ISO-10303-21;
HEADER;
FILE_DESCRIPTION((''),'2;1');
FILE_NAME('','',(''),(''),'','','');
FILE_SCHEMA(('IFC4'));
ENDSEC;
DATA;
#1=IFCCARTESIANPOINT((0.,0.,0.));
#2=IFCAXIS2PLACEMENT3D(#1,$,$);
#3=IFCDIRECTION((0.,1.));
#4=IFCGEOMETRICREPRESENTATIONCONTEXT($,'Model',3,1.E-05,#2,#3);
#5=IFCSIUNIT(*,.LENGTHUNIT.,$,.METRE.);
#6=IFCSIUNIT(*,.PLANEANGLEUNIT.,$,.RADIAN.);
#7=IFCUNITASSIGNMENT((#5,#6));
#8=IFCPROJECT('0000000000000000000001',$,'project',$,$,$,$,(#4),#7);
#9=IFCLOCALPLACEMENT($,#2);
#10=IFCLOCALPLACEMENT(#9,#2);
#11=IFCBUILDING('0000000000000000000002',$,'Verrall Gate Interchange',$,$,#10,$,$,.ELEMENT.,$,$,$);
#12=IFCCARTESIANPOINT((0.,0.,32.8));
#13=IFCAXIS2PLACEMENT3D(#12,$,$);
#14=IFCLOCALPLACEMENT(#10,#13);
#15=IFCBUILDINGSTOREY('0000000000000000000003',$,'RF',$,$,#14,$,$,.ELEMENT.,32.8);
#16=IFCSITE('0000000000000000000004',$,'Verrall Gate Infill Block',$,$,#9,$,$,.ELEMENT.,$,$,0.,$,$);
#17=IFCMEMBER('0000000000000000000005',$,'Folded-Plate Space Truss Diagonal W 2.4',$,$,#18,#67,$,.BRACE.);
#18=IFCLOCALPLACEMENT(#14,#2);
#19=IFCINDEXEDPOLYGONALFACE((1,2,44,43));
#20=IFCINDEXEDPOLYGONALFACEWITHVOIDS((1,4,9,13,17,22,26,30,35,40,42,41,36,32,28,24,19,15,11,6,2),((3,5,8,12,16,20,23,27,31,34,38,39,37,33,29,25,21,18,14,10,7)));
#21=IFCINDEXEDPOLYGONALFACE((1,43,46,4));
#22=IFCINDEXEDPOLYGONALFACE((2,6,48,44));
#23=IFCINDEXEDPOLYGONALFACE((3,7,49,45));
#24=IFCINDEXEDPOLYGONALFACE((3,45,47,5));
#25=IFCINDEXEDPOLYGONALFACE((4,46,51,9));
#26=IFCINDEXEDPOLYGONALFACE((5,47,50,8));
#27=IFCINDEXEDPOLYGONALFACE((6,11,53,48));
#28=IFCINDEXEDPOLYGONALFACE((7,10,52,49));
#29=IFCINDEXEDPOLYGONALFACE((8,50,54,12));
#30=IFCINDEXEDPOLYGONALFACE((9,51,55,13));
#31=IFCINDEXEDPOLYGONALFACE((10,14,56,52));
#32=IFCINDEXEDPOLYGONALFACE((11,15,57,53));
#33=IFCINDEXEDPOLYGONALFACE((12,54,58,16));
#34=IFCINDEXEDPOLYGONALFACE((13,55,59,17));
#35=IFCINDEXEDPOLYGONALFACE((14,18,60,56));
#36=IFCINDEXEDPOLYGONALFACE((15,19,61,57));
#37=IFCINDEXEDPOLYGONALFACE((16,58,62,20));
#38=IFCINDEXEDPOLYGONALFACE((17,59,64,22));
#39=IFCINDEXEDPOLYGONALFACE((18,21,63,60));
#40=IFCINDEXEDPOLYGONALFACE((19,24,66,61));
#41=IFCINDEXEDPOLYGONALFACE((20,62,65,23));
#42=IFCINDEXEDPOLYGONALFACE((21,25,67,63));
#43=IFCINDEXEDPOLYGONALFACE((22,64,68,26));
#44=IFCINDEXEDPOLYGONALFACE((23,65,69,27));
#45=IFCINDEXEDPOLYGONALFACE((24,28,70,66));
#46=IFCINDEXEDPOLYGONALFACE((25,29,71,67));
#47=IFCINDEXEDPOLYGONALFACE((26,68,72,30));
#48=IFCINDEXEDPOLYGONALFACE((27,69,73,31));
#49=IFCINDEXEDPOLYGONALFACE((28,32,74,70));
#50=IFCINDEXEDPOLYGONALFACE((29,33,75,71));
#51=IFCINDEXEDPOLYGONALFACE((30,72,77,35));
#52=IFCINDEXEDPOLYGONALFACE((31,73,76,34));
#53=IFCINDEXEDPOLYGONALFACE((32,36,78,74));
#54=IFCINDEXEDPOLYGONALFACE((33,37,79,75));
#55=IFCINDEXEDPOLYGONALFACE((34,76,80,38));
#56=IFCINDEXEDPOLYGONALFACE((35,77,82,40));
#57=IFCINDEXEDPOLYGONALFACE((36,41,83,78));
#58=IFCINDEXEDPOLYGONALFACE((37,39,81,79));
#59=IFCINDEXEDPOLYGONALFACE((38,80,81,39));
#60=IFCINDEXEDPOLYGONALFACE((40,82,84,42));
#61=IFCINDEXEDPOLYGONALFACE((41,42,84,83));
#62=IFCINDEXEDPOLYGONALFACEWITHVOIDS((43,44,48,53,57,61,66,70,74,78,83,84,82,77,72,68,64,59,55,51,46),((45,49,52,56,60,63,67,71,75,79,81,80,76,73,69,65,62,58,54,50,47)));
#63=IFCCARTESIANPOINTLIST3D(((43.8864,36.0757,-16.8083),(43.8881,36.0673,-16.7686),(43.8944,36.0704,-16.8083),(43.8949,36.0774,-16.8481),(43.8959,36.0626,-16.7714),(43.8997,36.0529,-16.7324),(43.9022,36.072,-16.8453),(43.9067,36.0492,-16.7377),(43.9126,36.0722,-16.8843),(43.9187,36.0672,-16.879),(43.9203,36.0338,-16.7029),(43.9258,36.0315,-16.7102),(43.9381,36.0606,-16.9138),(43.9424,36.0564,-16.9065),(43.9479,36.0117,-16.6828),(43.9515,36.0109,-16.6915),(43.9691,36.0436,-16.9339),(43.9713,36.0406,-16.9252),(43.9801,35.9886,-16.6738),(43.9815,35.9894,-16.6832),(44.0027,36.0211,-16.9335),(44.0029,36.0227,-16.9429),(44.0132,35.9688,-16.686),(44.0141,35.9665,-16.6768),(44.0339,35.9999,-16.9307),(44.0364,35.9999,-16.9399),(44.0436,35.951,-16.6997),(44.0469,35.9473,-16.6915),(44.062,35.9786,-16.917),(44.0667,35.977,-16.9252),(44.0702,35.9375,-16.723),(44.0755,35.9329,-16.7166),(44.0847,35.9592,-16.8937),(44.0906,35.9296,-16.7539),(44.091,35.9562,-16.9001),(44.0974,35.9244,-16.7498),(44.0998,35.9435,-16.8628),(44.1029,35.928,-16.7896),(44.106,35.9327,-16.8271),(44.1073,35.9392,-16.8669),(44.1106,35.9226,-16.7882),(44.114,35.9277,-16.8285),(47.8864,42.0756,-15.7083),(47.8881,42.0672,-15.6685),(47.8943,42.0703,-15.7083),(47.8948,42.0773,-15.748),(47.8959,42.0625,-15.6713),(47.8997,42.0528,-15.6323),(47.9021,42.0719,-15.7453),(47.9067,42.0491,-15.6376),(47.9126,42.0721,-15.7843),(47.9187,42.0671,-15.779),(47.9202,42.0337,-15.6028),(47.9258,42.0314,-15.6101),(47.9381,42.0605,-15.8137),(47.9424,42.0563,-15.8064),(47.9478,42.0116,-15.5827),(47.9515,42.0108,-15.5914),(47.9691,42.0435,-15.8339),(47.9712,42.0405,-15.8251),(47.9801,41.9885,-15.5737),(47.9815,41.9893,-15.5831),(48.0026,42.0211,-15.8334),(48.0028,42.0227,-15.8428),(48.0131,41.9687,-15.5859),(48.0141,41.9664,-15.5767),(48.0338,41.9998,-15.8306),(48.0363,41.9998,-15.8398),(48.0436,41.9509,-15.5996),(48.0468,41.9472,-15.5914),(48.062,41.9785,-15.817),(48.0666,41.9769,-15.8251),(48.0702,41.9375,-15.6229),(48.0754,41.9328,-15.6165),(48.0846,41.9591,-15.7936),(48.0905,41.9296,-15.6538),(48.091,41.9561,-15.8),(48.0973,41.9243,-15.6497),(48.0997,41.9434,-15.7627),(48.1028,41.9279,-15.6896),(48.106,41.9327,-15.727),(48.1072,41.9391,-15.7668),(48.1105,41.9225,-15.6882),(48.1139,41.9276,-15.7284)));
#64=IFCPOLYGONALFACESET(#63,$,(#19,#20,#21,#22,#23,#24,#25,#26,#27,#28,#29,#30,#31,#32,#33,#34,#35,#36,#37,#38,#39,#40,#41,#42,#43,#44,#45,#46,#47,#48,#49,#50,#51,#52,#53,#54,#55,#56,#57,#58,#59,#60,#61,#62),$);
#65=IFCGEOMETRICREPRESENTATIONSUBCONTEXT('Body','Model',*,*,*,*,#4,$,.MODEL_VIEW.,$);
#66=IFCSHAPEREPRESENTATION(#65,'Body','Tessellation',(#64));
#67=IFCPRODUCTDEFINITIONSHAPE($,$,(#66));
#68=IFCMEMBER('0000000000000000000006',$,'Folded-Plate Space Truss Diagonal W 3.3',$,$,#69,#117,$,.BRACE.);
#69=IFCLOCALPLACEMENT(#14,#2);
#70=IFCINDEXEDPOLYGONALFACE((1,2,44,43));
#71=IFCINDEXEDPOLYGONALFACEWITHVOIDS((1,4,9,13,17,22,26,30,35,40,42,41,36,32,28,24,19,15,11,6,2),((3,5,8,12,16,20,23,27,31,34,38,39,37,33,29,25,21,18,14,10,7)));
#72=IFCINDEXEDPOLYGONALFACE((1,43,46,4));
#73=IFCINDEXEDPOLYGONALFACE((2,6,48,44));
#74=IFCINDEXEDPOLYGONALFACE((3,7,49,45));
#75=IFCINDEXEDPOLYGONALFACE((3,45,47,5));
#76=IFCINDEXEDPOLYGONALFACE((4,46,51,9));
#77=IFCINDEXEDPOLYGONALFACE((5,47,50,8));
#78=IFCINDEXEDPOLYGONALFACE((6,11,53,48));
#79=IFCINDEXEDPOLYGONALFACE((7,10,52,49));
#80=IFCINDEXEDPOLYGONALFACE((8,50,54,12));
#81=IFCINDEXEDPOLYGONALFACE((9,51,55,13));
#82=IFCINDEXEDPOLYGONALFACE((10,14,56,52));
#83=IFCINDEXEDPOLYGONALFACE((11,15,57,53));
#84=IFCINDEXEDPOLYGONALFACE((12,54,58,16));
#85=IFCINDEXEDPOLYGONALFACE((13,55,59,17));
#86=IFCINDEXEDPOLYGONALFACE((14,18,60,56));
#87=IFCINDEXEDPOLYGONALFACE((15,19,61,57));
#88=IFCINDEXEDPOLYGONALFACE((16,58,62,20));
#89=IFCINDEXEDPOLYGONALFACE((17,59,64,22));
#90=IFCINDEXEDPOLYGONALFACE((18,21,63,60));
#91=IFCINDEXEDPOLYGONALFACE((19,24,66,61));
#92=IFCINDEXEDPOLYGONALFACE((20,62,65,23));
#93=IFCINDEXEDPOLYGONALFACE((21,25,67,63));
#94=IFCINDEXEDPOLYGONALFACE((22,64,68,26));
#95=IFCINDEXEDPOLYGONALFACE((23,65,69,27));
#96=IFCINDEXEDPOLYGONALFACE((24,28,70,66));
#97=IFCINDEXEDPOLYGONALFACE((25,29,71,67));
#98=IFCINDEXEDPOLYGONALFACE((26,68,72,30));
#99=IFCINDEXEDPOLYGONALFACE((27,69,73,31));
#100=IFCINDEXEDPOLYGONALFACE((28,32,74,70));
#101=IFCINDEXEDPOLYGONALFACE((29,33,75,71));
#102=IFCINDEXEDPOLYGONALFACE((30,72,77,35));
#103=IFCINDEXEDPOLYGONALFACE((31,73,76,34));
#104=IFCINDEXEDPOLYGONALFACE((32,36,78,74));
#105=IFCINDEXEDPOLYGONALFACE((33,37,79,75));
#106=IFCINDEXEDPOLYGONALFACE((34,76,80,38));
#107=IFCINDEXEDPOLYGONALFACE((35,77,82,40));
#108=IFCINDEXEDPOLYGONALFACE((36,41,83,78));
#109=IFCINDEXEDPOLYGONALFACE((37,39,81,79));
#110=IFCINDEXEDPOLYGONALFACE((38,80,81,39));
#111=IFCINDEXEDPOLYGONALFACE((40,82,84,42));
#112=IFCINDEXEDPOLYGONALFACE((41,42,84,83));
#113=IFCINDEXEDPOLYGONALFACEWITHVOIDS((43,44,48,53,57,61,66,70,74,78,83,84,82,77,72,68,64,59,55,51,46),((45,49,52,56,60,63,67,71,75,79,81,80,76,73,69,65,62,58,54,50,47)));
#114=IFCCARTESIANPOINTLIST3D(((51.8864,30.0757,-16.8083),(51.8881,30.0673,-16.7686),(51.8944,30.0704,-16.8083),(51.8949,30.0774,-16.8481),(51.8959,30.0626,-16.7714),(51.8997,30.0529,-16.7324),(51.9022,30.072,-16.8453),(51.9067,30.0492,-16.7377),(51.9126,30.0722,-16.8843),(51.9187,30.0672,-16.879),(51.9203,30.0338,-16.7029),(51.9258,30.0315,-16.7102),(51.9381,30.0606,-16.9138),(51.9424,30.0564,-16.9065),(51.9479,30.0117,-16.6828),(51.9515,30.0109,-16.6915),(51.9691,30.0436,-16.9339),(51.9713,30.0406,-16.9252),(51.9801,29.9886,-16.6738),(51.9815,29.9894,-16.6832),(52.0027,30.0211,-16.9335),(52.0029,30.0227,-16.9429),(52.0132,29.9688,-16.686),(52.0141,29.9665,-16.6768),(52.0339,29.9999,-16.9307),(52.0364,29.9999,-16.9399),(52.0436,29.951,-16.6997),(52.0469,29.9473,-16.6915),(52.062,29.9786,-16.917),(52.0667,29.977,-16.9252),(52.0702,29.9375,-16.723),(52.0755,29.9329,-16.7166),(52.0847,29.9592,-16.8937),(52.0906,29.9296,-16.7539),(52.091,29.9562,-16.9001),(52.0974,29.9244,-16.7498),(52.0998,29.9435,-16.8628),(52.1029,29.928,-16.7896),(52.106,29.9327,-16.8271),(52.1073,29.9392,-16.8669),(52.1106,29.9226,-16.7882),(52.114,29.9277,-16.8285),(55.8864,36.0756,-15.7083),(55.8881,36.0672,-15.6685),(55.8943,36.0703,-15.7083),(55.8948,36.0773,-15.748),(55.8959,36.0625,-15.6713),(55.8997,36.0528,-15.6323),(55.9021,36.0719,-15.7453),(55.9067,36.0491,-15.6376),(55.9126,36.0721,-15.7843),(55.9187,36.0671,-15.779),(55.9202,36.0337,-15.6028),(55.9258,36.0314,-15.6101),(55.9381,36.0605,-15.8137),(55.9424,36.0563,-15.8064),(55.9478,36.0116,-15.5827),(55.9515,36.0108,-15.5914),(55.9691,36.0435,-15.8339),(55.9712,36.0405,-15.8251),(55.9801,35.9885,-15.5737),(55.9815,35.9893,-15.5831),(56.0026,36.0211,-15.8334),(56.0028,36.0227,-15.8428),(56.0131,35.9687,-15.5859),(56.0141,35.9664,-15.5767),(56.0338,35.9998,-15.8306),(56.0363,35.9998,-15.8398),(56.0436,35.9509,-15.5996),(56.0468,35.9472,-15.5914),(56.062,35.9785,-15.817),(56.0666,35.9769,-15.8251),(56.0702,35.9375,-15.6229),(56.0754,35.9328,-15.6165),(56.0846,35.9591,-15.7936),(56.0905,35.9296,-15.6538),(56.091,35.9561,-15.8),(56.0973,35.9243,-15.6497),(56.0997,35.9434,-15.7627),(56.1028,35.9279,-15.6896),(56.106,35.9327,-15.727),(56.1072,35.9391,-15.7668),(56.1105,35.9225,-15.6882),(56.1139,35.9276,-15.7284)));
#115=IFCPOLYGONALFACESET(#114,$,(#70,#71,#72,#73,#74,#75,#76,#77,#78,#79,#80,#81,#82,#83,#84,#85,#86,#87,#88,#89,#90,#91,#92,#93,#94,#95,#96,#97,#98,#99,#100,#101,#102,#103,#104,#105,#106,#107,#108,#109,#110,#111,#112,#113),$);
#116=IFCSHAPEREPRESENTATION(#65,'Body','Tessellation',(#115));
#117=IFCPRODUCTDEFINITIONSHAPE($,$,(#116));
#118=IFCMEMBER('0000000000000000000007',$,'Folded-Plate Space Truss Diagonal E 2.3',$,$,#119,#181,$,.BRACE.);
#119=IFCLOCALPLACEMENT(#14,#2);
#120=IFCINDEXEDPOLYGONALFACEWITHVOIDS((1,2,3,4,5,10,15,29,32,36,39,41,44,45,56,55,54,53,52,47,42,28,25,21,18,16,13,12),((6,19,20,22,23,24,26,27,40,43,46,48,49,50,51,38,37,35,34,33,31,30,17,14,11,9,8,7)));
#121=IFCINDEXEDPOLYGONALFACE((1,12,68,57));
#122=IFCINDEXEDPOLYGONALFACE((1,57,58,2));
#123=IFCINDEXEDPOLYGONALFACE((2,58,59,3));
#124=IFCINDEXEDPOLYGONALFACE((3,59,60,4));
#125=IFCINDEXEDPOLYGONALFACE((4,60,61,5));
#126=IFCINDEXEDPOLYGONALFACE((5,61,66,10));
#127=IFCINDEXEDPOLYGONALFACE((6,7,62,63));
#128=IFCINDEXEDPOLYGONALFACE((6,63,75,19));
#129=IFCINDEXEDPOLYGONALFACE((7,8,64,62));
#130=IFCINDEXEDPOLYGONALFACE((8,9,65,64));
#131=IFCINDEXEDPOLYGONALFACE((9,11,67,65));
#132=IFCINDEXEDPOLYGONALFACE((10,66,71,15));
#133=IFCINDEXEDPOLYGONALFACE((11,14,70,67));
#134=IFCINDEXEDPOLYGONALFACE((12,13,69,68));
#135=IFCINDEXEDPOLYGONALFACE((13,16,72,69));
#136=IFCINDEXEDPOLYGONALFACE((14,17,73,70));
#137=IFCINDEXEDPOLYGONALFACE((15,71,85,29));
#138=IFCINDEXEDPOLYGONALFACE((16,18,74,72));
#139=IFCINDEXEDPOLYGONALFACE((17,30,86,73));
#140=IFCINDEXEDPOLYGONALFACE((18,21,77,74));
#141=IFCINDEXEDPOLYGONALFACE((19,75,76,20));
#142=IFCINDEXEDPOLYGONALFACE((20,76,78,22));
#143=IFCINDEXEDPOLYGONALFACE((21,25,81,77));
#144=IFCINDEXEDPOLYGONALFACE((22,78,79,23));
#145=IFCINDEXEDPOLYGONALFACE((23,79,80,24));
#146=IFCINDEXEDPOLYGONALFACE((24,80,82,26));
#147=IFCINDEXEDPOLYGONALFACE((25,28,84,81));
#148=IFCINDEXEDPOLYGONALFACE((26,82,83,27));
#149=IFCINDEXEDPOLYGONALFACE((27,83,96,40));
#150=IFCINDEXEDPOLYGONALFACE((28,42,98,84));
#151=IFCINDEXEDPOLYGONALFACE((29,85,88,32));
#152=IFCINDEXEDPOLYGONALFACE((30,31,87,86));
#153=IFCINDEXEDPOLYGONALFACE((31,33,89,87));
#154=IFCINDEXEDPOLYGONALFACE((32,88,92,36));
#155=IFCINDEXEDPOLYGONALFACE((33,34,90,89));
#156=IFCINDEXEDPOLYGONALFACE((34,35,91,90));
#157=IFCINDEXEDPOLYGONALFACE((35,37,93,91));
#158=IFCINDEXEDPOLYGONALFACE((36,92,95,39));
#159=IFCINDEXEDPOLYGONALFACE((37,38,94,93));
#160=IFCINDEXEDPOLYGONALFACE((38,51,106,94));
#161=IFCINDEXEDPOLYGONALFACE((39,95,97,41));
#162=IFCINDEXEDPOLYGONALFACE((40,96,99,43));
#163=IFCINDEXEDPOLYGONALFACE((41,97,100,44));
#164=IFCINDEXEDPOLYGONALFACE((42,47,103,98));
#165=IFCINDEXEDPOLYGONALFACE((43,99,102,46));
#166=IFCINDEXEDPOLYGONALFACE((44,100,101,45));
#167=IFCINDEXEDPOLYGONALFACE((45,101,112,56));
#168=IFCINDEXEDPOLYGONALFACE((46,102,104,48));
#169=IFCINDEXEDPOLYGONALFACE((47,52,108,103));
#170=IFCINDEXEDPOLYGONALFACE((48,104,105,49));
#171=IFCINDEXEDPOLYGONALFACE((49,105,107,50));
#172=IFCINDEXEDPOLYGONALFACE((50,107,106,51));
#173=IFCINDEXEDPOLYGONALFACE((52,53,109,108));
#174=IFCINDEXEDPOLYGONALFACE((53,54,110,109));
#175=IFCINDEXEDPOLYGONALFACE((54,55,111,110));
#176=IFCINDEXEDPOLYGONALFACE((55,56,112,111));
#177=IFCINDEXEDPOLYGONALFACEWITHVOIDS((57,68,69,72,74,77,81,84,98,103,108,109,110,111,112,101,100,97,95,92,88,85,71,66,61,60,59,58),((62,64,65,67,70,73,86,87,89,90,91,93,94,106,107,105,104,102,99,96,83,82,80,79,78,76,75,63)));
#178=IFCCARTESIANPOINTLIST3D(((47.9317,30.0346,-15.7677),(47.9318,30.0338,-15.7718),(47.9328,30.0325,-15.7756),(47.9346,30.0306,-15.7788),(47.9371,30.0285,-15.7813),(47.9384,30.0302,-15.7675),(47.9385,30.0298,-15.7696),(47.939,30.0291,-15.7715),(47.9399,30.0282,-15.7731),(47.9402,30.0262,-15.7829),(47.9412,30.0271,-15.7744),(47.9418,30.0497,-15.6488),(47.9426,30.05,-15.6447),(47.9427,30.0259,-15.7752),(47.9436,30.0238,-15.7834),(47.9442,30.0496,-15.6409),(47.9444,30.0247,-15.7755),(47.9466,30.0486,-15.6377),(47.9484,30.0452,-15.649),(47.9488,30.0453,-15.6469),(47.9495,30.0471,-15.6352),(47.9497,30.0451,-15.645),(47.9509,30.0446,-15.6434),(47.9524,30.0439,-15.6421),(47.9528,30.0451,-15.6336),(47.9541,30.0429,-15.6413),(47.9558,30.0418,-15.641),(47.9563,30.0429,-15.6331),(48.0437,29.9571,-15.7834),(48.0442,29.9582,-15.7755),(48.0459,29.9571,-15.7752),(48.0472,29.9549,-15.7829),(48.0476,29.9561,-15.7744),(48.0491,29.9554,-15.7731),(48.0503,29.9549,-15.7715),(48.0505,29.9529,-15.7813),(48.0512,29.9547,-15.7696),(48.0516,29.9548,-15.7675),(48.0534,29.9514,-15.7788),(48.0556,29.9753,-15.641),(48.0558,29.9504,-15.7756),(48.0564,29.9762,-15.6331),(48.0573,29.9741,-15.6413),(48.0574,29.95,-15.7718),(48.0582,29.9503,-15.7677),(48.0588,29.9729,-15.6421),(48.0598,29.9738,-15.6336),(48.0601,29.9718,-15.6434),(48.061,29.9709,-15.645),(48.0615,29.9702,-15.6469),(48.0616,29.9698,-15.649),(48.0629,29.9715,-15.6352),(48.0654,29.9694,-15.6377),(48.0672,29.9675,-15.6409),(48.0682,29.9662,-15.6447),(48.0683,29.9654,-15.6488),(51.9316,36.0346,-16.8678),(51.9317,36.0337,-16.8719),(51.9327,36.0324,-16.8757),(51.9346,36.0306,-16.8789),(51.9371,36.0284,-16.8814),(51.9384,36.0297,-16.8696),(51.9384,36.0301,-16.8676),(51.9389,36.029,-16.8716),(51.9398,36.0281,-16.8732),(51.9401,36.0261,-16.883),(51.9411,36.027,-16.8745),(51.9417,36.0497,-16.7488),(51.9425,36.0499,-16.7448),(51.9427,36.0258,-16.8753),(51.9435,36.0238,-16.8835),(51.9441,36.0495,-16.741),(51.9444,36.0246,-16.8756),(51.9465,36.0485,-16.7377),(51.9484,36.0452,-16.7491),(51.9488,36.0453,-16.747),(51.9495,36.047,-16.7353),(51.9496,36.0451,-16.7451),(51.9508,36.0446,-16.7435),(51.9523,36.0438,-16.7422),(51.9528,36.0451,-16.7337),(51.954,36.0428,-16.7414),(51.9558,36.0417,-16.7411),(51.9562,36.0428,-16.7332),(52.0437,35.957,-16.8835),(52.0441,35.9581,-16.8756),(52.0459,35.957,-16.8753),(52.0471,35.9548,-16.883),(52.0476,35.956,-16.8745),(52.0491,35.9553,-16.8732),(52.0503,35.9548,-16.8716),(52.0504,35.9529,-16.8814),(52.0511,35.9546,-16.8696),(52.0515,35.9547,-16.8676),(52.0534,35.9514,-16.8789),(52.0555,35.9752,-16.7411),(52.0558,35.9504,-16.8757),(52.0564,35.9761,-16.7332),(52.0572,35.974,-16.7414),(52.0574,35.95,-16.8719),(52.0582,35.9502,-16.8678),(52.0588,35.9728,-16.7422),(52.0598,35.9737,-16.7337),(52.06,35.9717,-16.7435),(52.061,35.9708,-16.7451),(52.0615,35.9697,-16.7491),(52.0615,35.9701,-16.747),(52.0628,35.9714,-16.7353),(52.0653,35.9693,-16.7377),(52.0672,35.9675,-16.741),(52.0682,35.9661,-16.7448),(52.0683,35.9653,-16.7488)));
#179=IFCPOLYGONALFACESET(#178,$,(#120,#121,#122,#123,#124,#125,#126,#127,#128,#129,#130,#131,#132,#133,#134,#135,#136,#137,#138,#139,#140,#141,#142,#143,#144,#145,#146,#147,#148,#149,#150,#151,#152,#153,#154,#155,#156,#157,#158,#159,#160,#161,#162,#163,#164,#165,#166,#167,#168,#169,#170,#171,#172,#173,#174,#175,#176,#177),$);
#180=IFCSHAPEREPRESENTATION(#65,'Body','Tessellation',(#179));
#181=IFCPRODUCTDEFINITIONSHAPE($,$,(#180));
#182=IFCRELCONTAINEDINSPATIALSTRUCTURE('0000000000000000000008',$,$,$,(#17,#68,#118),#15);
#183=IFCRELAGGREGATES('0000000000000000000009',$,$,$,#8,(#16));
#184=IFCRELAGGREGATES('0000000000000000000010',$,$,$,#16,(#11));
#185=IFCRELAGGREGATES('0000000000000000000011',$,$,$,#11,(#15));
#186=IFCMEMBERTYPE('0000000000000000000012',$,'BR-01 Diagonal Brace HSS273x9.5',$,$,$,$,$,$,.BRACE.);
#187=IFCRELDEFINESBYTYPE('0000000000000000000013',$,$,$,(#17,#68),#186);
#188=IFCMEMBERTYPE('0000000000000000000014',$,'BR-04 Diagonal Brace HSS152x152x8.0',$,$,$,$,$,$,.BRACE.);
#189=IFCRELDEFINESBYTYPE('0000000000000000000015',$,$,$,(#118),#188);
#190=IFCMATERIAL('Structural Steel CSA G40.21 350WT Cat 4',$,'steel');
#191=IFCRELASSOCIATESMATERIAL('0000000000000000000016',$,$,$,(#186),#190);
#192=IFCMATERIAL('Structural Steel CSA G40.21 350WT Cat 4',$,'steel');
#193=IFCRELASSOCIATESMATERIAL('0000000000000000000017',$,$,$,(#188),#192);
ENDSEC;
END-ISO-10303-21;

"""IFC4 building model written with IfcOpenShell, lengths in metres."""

from ifc_helpers import new_model, si_unit, direction, frame, origin, origin_2d, place, context, subcontext, project, spatial, hollow_rectangle, hollow_circle, extrude, material, material_profile, profile_set, type_object, element, save


model = new_model("IFC4")

# Units and contexts
model_context = context("Model", 3, precision=1e-05, world=origin(), true_north=direction((0.0, 1.0)))
body_context = subcontext(model_context, "Body", "Model", "MODEL_VIEW")
ifc_project = project(units=[si_unit("LENGTHUNIT", "METRE"), si_unit("PLANEANGLEUNIT", "RADIAN")], contexts=[model_context])

# Site, building, storey
site_placement = place(None, origin())
site = spatial("IfcSite", under=ifc_project, at=site_placement, Name="Verrall Gate Infill Block", CompositionType="ELEMENT", RefElevation=0.0)
building_placement = place(site_placement, origin())
building = spatial("IfcBuilding", under=site, at=building_placement, Name="Verrall Gate Interchange", CompositionType="ELEMENT")
storey_placement = place(building_placement, frame((0.0, 0.0, 32.8)))
storey = spatial("IfcBuildingStorey", under=building, at=storey_placement, Name="RF", CompositionType="ELEMENT", Elevation=32.8)

# Members
ifc_material_1 = material(Name="Structural Steel CSA G40.21 350WT Cat 4", Category="steel")
ifc_material_profile_1 = material_profile(ifc_material_1, hollow_circle(Radius=0.1365, WallThickness=0.0095, at=origin_2d()), Name="HSS273x9.5")
ifc_profile_set_1 = profile_set([ifc_material_profile_1], Name="Structural Steel CSA G40.21 350WT Cat 4")
member_type_1 = type_object("IfcMemberType", Name="BR-01 Diagonal Brace HSS273x9.5", PredefinedType="BRACE", material=ifc_profile_set_1)
for number, where, z_axis, x_axis, name in (
    (1, (44.0, 36.0, -16.8083), (0.548356, 0.822534, 0.150811), (-0.83205, 0.5547, 0.0), "Folded-Plate Space Truss Diagonal W 2.4"),
    (2, (52.0, 30.0, -16.8083), (0.548356, 0.822534, 0.150811), (-0.83205, 0.5547, 0.0), "Folded-Plate Space Truss Diagonal W 3.3"),
):
    element("IfcMember", number, at=place(storey_placement, frame(where, z_axis=z_axis, x_axis=x_axis)), inside=storey, type_object=member_type_1, Name=name, PredefinedType="BRACE", context=body_context, shape_type="SweptSolid", body=[
        extrude(hollow_circle(Radius=0.1365, WallThickness=0.0095, at=origin_2d()), origin(), (0.0, 0.0, 1.0), 7.2944),
    ])
ifc_material_2 = material(Name="Structural Steel CSA G40.21 350WT Cat 4", Category="steel")
ifc_material_profile_2 = material_profile(ifc_material_2, hollow_rectangle(XDim=0.1521, YDim=0.1521, WallThickness=0.0081, InnerFilletRadius=0.0081, OuterFilletRadius=0.0159, at=origin_2d()), Name="HSS152x152x8.0")
ifc_profile_set_2 = profile_set([ifc_material_profile_2], Name="Structural Steel CSA G40.21 350WT Cat 4")
member_type_2 = type_object("IfcMemberType", Name="BR-04 Diagonal Brace HSS152x152x8.0", PredefinedType="BRACE", material=ifc_profile_set_2)
for number, where, z_axis, x_axis, name in (
    (3, (48.0, 30.0, -15.7083), (0.548356, 0.822534, -0.150811), (-0.83205, 0.5547, 0.0), "Folded-Plate Space Truss Diagonal E 2.3"),
):
    element("IfcMember", number, at=place(storey_placement, frame(where, z_axis=z_axis, x_axis=x_axis)), inside=storey, type_object=member_type_2, Name=name, PredefinedType="BRACE", context=body_context, shape_type="SweptSolid", body=[
        extrude(hollow_rectangle(XDim=0.1521, YDim=0.1521, WallThickness=0.0081, InnerFilletRadius=0.0081, OuterFilletRadius=0.0159, at=origin_2d()), origin(), (0.0, 0.0, 1.0), 7.2944),
    ])

save(model, "model.ifc")
